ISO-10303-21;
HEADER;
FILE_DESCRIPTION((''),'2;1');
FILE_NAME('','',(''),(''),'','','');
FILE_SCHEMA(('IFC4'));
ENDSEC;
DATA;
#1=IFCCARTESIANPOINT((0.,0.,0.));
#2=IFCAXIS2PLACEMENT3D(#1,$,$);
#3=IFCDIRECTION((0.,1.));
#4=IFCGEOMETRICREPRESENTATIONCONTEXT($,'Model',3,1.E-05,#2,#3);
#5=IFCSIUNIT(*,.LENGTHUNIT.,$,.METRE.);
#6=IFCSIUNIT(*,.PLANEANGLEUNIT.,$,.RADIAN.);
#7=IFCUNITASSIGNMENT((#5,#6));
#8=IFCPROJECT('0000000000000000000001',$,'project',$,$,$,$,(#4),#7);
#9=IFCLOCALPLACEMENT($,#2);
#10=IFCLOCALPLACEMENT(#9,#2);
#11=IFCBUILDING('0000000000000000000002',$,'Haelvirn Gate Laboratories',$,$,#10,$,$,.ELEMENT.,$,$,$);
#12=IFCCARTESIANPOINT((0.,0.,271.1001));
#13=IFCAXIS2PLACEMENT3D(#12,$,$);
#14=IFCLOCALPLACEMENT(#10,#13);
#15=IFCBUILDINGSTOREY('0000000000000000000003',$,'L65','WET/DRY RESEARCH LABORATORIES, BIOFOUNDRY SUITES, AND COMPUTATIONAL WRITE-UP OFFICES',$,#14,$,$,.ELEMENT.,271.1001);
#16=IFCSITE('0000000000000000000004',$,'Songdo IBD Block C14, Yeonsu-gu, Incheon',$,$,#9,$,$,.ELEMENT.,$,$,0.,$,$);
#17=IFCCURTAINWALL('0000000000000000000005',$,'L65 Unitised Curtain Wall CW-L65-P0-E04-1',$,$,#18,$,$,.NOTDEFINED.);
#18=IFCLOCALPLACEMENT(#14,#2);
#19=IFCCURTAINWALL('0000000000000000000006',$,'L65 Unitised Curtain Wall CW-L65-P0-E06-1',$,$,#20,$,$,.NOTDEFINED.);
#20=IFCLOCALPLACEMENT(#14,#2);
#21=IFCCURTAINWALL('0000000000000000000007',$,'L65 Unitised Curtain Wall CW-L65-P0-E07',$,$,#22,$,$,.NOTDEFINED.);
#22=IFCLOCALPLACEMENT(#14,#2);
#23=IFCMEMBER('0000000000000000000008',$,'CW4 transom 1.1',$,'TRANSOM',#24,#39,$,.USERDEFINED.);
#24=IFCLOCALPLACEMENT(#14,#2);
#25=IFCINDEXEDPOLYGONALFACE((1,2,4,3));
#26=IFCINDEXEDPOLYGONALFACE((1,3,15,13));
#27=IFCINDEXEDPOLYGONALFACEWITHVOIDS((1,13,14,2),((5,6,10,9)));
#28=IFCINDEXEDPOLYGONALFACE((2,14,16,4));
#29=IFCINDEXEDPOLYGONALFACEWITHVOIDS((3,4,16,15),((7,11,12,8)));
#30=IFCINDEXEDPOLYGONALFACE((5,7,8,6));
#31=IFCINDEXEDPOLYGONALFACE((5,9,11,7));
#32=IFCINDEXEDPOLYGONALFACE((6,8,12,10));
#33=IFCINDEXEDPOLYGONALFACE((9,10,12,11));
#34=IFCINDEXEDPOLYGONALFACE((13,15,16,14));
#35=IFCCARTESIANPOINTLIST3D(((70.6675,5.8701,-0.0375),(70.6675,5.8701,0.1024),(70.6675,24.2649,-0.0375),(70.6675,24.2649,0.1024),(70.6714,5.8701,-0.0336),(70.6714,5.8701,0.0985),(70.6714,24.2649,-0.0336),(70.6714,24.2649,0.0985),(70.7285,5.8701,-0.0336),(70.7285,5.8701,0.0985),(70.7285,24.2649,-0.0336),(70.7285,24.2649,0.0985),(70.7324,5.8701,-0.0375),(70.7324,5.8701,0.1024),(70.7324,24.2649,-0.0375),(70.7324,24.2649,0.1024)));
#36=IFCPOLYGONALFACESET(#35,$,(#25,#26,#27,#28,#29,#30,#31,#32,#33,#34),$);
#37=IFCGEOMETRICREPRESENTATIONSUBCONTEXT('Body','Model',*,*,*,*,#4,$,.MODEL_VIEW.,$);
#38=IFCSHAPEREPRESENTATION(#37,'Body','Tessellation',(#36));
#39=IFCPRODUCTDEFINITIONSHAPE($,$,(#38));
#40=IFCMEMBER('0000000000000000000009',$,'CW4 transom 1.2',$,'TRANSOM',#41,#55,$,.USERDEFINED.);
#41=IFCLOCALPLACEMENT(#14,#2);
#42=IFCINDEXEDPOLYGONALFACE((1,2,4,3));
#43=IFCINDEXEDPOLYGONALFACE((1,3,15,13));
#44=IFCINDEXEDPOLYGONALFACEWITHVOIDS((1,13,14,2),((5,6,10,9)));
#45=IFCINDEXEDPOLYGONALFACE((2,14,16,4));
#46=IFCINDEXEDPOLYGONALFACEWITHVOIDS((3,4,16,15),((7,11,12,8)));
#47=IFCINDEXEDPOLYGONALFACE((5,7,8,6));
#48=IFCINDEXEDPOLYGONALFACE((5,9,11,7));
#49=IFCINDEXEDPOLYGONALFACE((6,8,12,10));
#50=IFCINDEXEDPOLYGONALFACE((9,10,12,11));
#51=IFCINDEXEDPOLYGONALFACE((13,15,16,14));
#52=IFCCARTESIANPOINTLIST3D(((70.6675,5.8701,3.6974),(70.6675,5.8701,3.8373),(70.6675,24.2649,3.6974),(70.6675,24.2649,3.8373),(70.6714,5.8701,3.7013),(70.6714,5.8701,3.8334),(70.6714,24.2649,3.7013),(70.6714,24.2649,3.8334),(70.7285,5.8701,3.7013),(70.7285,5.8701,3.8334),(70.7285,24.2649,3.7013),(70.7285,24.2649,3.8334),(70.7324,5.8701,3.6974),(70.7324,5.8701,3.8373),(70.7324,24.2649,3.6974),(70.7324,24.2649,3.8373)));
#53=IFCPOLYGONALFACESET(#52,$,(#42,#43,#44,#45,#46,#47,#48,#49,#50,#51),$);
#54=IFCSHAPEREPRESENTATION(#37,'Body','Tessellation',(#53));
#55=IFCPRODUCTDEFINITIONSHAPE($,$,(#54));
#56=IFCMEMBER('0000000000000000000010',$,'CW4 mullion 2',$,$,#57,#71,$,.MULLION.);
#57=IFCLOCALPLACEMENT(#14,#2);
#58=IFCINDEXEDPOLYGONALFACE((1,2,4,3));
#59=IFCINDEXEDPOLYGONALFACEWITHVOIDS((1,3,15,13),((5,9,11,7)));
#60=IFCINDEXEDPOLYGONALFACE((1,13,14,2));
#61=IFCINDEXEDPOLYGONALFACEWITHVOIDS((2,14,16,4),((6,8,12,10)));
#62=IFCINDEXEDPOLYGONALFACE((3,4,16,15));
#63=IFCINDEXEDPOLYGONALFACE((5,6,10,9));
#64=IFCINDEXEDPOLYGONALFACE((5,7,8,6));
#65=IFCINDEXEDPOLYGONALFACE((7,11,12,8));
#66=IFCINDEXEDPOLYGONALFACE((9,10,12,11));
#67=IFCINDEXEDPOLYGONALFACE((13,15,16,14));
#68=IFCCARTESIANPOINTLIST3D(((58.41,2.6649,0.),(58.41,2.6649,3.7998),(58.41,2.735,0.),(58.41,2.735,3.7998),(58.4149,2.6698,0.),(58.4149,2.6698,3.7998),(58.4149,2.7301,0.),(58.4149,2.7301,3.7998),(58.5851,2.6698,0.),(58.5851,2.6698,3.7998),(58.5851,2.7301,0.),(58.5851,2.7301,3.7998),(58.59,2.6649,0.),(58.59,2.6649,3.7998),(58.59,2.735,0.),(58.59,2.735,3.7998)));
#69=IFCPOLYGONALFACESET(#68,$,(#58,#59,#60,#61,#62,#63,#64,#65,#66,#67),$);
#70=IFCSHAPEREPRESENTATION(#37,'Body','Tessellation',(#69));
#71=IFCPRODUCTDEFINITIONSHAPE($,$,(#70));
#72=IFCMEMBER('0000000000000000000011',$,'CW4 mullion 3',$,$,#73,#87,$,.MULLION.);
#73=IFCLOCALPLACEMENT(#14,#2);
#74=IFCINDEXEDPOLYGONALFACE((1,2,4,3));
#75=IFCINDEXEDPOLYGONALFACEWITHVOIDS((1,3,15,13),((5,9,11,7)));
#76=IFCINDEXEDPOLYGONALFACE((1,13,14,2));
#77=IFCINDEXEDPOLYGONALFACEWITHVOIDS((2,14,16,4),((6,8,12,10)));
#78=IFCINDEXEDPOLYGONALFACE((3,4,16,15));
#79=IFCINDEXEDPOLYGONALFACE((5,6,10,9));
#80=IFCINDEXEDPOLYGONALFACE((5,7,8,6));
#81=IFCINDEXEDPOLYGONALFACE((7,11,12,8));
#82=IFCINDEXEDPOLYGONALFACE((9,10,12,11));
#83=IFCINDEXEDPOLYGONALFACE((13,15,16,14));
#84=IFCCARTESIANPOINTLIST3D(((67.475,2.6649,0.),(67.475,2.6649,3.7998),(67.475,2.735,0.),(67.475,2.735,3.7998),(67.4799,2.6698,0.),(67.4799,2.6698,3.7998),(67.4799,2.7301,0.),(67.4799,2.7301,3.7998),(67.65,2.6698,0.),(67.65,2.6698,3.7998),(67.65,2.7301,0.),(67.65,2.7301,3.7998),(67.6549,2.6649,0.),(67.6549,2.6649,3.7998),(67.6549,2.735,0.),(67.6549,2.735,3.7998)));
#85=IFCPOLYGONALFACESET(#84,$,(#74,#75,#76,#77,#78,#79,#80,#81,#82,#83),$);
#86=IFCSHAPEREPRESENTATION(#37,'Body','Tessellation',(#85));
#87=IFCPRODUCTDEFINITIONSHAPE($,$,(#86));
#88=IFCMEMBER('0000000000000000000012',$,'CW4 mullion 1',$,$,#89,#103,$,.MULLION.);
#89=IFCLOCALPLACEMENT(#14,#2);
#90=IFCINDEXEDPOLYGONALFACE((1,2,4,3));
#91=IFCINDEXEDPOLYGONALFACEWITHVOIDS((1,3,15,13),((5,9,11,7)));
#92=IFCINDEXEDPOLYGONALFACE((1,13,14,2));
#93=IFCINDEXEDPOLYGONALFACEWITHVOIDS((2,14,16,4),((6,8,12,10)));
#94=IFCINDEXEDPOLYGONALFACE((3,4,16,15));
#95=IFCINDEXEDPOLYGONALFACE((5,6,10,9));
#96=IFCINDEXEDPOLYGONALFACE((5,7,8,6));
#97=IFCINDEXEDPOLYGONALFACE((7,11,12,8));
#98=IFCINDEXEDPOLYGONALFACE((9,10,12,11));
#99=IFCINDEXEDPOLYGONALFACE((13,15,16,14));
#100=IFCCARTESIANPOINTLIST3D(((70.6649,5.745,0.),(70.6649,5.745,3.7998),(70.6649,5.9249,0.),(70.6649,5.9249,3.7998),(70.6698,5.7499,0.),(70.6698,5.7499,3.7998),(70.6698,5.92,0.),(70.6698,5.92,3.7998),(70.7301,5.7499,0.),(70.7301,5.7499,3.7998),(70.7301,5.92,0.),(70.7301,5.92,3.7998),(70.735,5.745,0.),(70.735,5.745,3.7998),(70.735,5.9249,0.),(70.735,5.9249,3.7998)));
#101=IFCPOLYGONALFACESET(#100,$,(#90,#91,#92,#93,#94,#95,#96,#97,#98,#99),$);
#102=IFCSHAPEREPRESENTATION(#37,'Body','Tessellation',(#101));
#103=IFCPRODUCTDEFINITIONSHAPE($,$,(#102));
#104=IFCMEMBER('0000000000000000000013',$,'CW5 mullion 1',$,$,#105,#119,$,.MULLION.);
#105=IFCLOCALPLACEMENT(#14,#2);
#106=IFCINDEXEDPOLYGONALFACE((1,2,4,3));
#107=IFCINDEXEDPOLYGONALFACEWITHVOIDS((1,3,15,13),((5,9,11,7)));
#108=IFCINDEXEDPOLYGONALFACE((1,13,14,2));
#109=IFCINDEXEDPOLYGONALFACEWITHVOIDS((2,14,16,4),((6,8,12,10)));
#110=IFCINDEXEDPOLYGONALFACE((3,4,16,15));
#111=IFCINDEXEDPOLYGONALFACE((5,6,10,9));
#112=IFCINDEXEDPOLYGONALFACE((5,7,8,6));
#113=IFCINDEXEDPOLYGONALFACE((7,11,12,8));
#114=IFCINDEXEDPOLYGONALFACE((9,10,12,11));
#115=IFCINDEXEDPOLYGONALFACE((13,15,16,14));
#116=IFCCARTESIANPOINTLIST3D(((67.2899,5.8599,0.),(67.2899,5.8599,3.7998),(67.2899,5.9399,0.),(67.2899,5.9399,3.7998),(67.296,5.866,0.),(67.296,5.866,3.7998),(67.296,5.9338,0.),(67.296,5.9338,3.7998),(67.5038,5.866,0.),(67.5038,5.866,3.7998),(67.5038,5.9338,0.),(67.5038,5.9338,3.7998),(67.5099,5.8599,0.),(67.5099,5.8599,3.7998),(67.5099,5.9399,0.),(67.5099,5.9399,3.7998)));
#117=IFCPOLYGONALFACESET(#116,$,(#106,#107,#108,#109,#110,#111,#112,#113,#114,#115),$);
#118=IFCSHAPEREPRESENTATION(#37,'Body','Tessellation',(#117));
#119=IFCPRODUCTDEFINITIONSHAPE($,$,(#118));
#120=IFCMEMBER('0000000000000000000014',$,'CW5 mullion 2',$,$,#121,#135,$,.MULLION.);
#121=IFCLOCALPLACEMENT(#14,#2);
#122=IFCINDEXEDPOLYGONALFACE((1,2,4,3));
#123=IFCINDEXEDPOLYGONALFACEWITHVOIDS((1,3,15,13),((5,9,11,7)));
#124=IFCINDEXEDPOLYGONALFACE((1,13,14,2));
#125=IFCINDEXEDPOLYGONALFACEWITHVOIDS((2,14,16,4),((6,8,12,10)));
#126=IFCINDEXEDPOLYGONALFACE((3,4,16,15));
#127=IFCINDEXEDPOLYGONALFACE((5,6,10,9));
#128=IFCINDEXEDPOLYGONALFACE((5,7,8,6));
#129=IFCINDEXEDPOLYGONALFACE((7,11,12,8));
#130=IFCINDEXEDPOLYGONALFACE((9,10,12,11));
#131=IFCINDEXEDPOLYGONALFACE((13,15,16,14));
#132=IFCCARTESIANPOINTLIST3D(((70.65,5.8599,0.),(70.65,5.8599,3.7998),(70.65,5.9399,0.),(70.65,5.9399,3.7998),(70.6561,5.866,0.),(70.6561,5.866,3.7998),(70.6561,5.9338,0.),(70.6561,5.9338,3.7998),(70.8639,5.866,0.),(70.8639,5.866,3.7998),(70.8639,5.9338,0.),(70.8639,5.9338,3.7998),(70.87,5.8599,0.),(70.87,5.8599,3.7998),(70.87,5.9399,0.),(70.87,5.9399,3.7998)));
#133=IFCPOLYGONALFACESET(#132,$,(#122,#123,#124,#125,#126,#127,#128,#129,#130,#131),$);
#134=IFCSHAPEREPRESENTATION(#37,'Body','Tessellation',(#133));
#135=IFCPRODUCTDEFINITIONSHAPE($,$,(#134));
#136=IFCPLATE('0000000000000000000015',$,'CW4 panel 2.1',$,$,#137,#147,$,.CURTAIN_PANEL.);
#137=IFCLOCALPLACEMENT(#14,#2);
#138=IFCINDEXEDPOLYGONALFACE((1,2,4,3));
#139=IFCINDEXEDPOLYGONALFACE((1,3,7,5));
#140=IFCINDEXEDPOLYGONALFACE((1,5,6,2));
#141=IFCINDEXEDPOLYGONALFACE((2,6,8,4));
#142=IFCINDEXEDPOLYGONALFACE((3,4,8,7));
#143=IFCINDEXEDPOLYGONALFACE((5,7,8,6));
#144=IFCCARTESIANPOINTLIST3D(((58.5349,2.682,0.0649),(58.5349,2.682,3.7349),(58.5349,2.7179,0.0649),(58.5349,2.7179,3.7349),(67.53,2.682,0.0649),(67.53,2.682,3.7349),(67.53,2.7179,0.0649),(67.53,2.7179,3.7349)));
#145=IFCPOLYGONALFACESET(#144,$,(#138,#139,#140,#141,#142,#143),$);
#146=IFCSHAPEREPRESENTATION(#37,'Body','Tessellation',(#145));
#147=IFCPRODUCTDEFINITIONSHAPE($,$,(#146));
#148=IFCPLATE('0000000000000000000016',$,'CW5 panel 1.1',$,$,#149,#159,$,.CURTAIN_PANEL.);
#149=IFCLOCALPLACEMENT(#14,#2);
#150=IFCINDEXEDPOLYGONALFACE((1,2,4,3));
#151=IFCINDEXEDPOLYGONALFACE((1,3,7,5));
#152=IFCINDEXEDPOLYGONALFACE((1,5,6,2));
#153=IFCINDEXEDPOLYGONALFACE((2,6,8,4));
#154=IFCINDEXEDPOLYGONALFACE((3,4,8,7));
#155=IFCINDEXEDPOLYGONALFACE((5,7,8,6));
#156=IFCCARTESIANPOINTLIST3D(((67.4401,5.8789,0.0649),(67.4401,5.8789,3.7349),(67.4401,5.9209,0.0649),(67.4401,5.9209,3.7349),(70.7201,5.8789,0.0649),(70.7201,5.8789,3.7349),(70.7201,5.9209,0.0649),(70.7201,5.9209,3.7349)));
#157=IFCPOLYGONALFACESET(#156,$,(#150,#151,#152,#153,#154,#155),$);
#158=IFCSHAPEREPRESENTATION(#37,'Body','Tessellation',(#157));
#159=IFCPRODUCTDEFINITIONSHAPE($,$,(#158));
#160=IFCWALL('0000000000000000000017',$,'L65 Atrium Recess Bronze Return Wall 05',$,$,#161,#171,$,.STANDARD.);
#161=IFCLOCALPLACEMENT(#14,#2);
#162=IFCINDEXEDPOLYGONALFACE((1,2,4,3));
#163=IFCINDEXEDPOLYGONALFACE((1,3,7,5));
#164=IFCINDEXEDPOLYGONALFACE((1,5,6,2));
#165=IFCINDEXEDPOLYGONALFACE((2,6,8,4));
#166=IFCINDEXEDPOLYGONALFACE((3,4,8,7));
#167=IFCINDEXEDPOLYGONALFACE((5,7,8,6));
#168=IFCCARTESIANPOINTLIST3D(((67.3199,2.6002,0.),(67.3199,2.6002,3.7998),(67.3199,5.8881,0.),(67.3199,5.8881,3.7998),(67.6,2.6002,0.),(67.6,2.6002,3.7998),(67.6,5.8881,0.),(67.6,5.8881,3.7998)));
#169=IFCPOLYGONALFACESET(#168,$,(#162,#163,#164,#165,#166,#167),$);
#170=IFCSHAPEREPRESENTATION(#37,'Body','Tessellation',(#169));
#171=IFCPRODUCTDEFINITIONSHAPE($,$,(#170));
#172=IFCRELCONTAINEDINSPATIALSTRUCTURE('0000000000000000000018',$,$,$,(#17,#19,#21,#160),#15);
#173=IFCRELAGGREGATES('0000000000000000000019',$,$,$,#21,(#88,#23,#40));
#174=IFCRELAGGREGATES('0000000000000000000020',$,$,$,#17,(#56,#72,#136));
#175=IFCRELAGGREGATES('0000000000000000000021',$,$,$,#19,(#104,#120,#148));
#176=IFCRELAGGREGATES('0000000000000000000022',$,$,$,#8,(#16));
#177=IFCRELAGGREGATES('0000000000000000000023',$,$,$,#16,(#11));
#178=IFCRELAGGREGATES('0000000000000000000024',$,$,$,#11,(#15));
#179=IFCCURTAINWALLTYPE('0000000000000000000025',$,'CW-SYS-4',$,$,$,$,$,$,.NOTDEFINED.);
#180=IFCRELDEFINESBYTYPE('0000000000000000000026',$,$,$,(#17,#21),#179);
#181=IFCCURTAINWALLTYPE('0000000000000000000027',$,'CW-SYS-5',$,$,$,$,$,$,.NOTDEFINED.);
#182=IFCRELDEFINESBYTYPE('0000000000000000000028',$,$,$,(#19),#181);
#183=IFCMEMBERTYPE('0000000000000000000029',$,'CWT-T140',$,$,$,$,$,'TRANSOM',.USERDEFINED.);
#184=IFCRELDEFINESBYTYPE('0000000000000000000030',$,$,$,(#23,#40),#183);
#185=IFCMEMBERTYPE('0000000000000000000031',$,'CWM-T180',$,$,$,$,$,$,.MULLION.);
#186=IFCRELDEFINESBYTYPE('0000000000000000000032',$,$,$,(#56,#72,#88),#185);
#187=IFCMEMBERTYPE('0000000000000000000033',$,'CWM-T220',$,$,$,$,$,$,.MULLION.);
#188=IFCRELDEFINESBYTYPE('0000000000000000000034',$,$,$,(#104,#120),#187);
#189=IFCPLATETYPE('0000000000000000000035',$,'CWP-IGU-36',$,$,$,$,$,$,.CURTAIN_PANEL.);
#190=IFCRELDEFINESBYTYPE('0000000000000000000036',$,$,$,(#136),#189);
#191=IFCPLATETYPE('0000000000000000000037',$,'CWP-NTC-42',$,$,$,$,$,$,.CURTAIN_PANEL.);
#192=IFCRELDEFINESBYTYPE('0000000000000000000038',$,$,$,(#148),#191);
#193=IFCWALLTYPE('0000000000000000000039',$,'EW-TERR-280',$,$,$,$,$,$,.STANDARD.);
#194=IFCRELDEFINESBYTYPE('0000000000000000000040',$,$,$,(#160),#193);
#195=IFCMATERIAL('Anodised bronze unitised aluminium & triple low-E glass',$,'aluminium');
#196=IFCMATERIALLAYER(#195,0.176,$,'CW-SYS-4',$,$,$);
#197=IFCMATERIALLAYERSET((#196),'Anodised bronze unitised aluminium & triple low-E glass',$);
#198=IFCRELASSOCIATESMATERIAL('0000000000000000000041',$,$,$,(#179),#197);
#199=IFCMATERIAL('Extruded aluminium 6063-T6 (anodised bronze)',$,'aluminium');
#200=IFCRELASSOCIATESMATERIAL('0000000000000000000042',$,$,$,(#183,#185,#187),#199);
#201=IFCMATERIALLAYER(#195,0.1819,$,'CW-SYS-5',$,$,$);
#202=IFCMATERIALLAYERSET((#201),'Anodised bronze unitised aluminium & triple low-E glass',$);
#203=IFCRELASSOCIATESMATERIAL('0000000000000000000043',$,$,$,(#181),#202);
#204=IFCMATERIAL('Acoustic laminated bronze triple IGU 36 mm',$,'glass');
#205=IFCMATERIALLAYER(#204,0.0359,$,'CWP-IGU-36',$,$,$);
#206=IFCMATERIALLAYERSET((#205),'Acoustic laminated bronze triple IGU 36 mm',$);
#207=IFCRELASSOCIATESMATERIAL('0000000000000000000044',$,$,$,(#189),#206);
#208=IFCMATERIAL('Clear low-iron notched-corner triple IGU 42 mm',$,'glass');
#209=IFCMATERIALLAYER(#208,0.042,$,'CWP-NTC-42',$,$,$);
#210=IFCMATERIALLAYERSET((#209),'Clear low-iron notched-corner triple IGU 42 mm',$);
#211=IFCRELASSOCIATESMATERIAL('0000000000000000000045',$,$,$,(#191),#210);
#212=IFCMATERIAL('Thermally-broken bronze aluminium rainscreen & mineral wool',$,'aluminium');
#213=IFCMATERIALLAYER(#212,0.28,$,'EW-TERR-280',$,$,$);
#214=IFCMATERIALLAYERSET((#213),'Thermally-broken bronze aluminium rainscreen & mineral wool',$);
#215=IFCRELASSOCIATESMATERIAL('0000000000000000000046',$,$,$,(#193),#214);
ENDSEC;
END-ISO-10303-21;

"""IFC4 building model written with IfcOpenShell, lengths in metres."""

from ifc_helpers import new_model, si_unit, direction, frame, frame_2d, origin, origin_2d, place, context, subcontext, project, spatial, rectangle, hollow_rectangle, extrude, source, transform, mapped, material, layer, layer_set, material_profile, profile_set, type_object, type_shapes, element, aggregate, save


model = new_model("IFC4")

# Units and contexts
model_context = context("Model", 3, precision=1e-05, world=origin(), true_north=direction((0.0, 1.0)))
body_context = subcontext(model_context, "Body", "Model", "MODEL_VIEW")
ifc_project = project(units=[si_unit("LENGTHUNIT", "METRE"), si_unit("PLANEANGLEUNIT", "RADIAN")], contexts=[model_context])

# Site, building, storey
site_placement = place(None, origin())
site = spatial("IfcSite", under=ifc_project, at=site_placement, Name="Songdo IBD Block C14, Yeonsu-gu, Incheon", CompositionType="ELEMENT", RefElevation=0.0)
building_placement = place(site_placement, origin())
building = spatial("IfcBuilding", under=site, at=building_placement, Name="Haelvirn Gate Laboratories", CompositionType="ELEMENT")
storey_placement = place(building_placement, frame((0.0, 0.0, 271.1001)))
storey = spatial("IfcBuildingStorey", under=building, at=storey_placement, Name="L65", Description="WET/DRY RESEARCH LABORATORIES, BIOFOUNDRY SUITES, AND COMPUTATIONAL WRITE-UP OFFICES", CompositionType="ELEMENT", Elevation=271.1001)

# Curtain walls, members
ifc_material_1 = material(Name="Anodised bronze unitised aluminium & triple low-E glass", Category="aluminium")
ifc_layer_1 = layer(ifc_material_1, 0.176, Name="CW-SYS-4")
ifc_layer_set_1 = layer_set([ifc_layer_1], Name="Anodised bronze unitised aluminium & triple low-E glass")
curtain_wall_type_1 = type_object("IfcCurtainWallType", Name="CW-SYS-4", PredefinedType="NOTDEFINED", material=ifc_layer_set_1)
curtain_wall_1_placement = place(storey_placement, origin())
curtain_wall_1 = element("IfcCurtainWall", 1, at=curtain_wall_1_placement, inside=storey, type_object=curtain_wall_type_1, Name="L65 Unitised Curtain Wall CW-L65-P0-E04-1", PredefinedType="NOTDEFINED")
ifc_material_2 = material(Name="Extruded aluminium 6063-T6 (anodised bronze)", Category="aluminium")
ifc_material_profile_1 = material_profile(ifc_material_2, hollow_rectangle(XDim=0.0649, YDim=0.1399, WallThickness=0.0039, at=origin_2d()), Name="CWT-140x65x4")
ifc_profile_set_1 = profile_set([ifc_material_profile_1], Name="Extruded aluminium 6063-T6 (anodised bronze)")
member_type_1 = type_object("IfcMemberType", Name="CWT-T140", ElementType="TRANSOM", PredefinedType="USERDEFINED", material=ifc_profile_set_1)
ifc_layer_2 = layer(ifc_material_1, 0.1819, Name="CW-SYS-5")
ifc_layer_set_2 = layer_set([ifc_layer_2], Name="Anodised bronze unitised aluminium & triple low-E glass")
curtain_wall_type_2 = type_object("IfcCurtainWallType", Name="CW-SYS-5", PredefinedType="NOTDEFINED", material=ifc_layer_set_2)
curtain_wall_2_placement = place(storey_placement, origin())
curtain_wall_2 = element("IfcCurtainWall", 2, at=curtain_wall_2_placement, inside=storey, type_object=curtain_wall_type_2, Name="L65 Unitised Curtain Wall CW-L65-P0-E06-1", PredefinedType="NOTDEFINED")
curtain_wall_3_placement = place(storey_placement, origin())
curtain_wall_3 = element("IfcCurtainWall", 3, at=curtain_wall_3_placement, inside=storey, type_object=curtain_wall_type_1, Name="L65 Unitised Curtain Wall CW-L65-P0-E07", PredefinedType="NOTDEFINED")
shared_shape_1 = source(origin(), body_context, "Body", "SweptSolid", [
    extrude(hollow_rectangle(XDim=0.0649, YDim=0.1399, WallThickness=0.0039, at=origin_2d()), origin(), (0.0, 0.0, 1.0), 18.3948),
])
member_1_placement = place(storey_placement, frame((70.7, 5.8701, 0.0325), z_axis=(0.0, 1.0, 0.0), x_axis=(-1.0, 0.0, 0.0)))
member_1 = element("IfcMember", 4, at=member_1_placement, type_object=member_type_1, Name="CW4 transom 1.1", ObjectType="TRANSOM", PredefinedType="USERDEFINED", context=body_context, shape_type="MappedRepresentation", body=[
    mapped(shared_shape_1, transform((0.0, 0.0, 0.0), scale=1.0)),
])
member_2_placement = place(storey_placement, frame((70.7, 5.8701, 3.7673), z_axis=(0.0, 1.0, 0.0), x_axis=(-1.0, 0.0, 0.0)))
member_2 = element("IfcMember", 5, at=member_2_placement, type_object=member_type_1, Name="CW4 transom 1.2", ObjectType="TRANSOM", PredefinedType="USERDEFINED", context=body_context, shape_type="MappedRepresentation", body=[
    mapped(shared_shape_1, transform((0.0, 0.0, 0.0), scale=1.0)),
])

# Members
ifc_material_profile_2 = material_profile(ifc_material_2, hollow_rectangle(XDim=0.0701, YDim=0.1799, WallThickness=0.0049, at=origin_2d()), Name="CWM-180x70x5")
ifc_profile_set_2 = profile_set([ifc_material_profile_2], Name="Extruded aluminium 6063-T6 (anodised bronze)")
member_type_2 = type_object("IfcMemberType", Name="CWM-T180", PredefinedType="MULLION", material=ifc_profile_set_2)
shared_shape_2 = source(origin(), body_context, "Body", "SweptSolid", [
    extrude(hollow_rectangle(XDim=0.0701, YDim=0.1799, WallThickness=0.0049, at=origin_2d()), origin(), (0.0, 0.0, 1.0), 3.7998),
])
type_shapes(member_type_2, [shared_shape_2])
member_3_placement = place(storey_placement, frame((58.5, 2.7, 0.0), z_axis=(0.0, 0.0, 1.0), x_axis=(0.0, 1.0, 0.0)))
member_3 = element("IfcMember", 6, at=member_3_placement, type_object=member_type_2, Name="CW4 mullion 2", PredefinedType="MULLION", context=body_context, shape_type="MappedRepresentation", body=[
    mapped(shared_shape_2, transform((0.0, 0.0, 0.0), scale=1.0)),
])
member_4_placement = place(storey_placement, frame((67.5649, 2.7, 0.0), z_axis=(0.0, 0.0, 1.0), x_axis=(0.0, 1.0, 0.0)))
member_4 = element("IfcMember", 7, at=member_4_placement, type_object=member_type_2, Name="CW4 mullion 3", PredefinedType="MULLION", context=body_context, shape_type="MappedRepresentation", body=[
    mapped(shared_shape_2, transform((0.0, 0.0, 0.0), scale=1.0)),
])
member_5_placement = place(storey_placement, frame((70.7, 5.835, 0.0), z_axis=(0.0, 0.0, 1.0), x_axis=(-1.0, 0.0, 0.0)))
member_5 = element("IfcMember", 8, at=member_5_placement, type_object=member_type_2, Name="CW4 mullion 1", PredefinedType="MULLION", context=body_context, shape_type="MappedRepresentation", body=[
    mapped(shared_shape_2, transform((0.0, 0.0, 0.0), scale=1.0)),
])
aggregate(curtain_wall_3, [member_5, member_1, member_2])
ifc_material_profile_3 = material_profile(ifc_material_2, hollow_rectangle(XDim=0.0801, YDim=0.22, WallThickness=0.0061, at=origin_2d()), Name="CWM-220x80x6")
ifc_profile_set_3 = profile_set([ifc_material_profile_3], Name="Extruded aluminium 6063-T6 (anodised bronze)")
member_type_3 = type_object("IfcMemberType", Name="CWM-T220", PredefinedType="MULLION", material=ifc_profile_set_3)
shared_shape_3 = source(origin(), body_context, "Body", "SweptSolid", [
    extrude(hollow_rectangle(XDim=0.0801, YDim=0.22, WallThickness=0.0061, at=origin_2d()), origin(), (0.0, 0.0, 1.0), 3.7998),
])
type_shapes(member_type_3, [shared_shape_3])
member_6_placement = place(storey_placement, frame((67.3999, 5.8999, 0.0), z_axis=(0.0, 0.0, 1.0), x_axis=(0.0, 1.0, 0.0)))
member_6 = element("IfcMember", 9, at=member_6_placement, type_object=member_type_3, Name="CW5 mullion 1", PredefinedType="MULLION", context=body_context, shape_type="MappedRepresentation", body=[
    mapped(shared_shape_3, transform((0.0, 0.0, 0.0), scale=1.0)),
])
member_7_placement = place(storey_placement, frame((70.76, 5.8999, 0.0), z_axis=(0.0, 0.0, 1.0), x_axis=(0.0, 1.0, 0.0)))
member_7 = element("IfcMember", 10, at=member_7_placement, type_object=member_type_3, Name="CW5 mullion 2", PredefinedType="MULLION", context=body_context, shape_type="MappedRepresentation", body=[
    mapped(shared_shape_3, transform((0.0, 0.0, 0.0), scale=1.0)),
])

# Plates
ifc_material_3 = material(Name="Acoustic laminated bronze triple IGU 36 mm", Category="glass")
ifc_layer_3 = layer(ifc_material_3, 0.0359, Name="CWP-IGU-36")
ifc_layer_set_3 = layer_set([ifc_layer_3], Name="Acoustic laminated bronze triple IGU 36 mm")
plate_type_1 = type_object("IfcPlateType", Name="CWP-IGU-36", PredefinedType="CURTAIN_PANEL", material=ifc_layer_set_3)
shared_shape_4 = source(origin(), body_context, "Body", "SweptSolid", [
    extrude(rectangle(XDim=8.9951, YDim=0.0359, at=origin_2d()), origin(), (0.0, 0.0, 1.0), 3.6699),
])
type_shapes(plate_type_1, [shared_shape_4])
plate_1_placement = place(storey_placement, frame((63.0325, 2.7, 0.0649), z_axis=(0.0, 0.0, 1.0), x_axis=(1.0, 0.0, 0.0)))
plate_1 = element("IfcPlate", 11, at=plate_1_placement, type_object=plate_type_1, Name="CW4 panel 2.1", PredefinedType="CURTAIN_PANEL", context=body_context, shape_type="MappedRepresentation", body=[
    mapped(shared_shape_4, transform((0.0, 0.0, 0.0), scale=1.0)),
])
aggregate(curtain_wall_1, [member_3, member_4, plate_1])
ifc_material_4 = material(Name="Clear low-iron notched-corner triple IGU 42 mm", Category="glass")
ifc_layer_4 = layer(ifc_material_4, 0.042, Name="CWP-NTC-42")
ifc_layer_set_4 = layer_set([ifc_layer_4], Name="Clear low-iron notched-corner triple IGU 42 mm")
plate_type_2 = type_object("IfcPlateType", Name="CWP-NTC-42", PredefinedType="CURTAIN_PANEL", material=ifc_layer_set_4)
shared_shape_5 = source(origin(), body_context, "Body", "SweptSolid", [
    extrude(rectangle(XDim=3.28, YDim=0.042, at=origin_2d()), origin(), (0.0, 0.0, 1.0), 3.6699),
])
type_shapes(plate_type_2, [shared_shape_5])
plate_2_placement = place(storey_placement, frame((69.0801, 5.8999, 0.0649), z_axis=(0.0, 0.0, 1.0), x_axis=(1.0, 0.0, 0.0)))
plate_2 = element("IfcPlate", 12, at=plate_2_placement, type_object=plate_type_2, Name="CW5 panel 1.1", PredefinedType="CURTAIN_PANEL", context=body_context, shape_type="MappedRepresentation", body=[
    mapped(shared_shape_5, transform((0.0, 0.0, 0.0), scale=1.0)),
])
aggregate(curtain_wall_2, [member_6, member_7, plate_2])

# Wall
ifc_material_5 = material(Name="Thermally-broken bronze aluminium rainscreen & mineral wool", Category="aluminium")
ifc_layer_5 = layer(ifc_material_5, 0.28, Name="EW-TERR-280")
ifc_layer_set_5 = layer_set([ifc_layer_5], Name="Thermally-broken bronze aluminium rainscreen & mineral wool")
wall_type = type_object("IfcWallType", Name="EW-TERR-280", PredefinedType="STANDARD", material=ifc_layer_set_5)
wall_placement = place(storey_placement, frame((67.46, 2.6001, 0.0), z_axis=(0.0, 0.0, 1.0), x_axis=(0.0, 1.0, 0.0)))
element("IfcWall", 13, at=wall_placement, inside=storey, type_object=wall_type, Name="L65 Atrium Recess Bronze Return Wall 05", PredefinedType="STANDARD", context=body_context, shape_type="SweptSolid", body=[
    extrude(rectangle(XDim=3.2878, YDim=0.28, at=frame_2d((1.644, 0.0))), origin(), (0.0, 0.0, 1.0), 3.7998),
])

save(model, "model.ifc")
